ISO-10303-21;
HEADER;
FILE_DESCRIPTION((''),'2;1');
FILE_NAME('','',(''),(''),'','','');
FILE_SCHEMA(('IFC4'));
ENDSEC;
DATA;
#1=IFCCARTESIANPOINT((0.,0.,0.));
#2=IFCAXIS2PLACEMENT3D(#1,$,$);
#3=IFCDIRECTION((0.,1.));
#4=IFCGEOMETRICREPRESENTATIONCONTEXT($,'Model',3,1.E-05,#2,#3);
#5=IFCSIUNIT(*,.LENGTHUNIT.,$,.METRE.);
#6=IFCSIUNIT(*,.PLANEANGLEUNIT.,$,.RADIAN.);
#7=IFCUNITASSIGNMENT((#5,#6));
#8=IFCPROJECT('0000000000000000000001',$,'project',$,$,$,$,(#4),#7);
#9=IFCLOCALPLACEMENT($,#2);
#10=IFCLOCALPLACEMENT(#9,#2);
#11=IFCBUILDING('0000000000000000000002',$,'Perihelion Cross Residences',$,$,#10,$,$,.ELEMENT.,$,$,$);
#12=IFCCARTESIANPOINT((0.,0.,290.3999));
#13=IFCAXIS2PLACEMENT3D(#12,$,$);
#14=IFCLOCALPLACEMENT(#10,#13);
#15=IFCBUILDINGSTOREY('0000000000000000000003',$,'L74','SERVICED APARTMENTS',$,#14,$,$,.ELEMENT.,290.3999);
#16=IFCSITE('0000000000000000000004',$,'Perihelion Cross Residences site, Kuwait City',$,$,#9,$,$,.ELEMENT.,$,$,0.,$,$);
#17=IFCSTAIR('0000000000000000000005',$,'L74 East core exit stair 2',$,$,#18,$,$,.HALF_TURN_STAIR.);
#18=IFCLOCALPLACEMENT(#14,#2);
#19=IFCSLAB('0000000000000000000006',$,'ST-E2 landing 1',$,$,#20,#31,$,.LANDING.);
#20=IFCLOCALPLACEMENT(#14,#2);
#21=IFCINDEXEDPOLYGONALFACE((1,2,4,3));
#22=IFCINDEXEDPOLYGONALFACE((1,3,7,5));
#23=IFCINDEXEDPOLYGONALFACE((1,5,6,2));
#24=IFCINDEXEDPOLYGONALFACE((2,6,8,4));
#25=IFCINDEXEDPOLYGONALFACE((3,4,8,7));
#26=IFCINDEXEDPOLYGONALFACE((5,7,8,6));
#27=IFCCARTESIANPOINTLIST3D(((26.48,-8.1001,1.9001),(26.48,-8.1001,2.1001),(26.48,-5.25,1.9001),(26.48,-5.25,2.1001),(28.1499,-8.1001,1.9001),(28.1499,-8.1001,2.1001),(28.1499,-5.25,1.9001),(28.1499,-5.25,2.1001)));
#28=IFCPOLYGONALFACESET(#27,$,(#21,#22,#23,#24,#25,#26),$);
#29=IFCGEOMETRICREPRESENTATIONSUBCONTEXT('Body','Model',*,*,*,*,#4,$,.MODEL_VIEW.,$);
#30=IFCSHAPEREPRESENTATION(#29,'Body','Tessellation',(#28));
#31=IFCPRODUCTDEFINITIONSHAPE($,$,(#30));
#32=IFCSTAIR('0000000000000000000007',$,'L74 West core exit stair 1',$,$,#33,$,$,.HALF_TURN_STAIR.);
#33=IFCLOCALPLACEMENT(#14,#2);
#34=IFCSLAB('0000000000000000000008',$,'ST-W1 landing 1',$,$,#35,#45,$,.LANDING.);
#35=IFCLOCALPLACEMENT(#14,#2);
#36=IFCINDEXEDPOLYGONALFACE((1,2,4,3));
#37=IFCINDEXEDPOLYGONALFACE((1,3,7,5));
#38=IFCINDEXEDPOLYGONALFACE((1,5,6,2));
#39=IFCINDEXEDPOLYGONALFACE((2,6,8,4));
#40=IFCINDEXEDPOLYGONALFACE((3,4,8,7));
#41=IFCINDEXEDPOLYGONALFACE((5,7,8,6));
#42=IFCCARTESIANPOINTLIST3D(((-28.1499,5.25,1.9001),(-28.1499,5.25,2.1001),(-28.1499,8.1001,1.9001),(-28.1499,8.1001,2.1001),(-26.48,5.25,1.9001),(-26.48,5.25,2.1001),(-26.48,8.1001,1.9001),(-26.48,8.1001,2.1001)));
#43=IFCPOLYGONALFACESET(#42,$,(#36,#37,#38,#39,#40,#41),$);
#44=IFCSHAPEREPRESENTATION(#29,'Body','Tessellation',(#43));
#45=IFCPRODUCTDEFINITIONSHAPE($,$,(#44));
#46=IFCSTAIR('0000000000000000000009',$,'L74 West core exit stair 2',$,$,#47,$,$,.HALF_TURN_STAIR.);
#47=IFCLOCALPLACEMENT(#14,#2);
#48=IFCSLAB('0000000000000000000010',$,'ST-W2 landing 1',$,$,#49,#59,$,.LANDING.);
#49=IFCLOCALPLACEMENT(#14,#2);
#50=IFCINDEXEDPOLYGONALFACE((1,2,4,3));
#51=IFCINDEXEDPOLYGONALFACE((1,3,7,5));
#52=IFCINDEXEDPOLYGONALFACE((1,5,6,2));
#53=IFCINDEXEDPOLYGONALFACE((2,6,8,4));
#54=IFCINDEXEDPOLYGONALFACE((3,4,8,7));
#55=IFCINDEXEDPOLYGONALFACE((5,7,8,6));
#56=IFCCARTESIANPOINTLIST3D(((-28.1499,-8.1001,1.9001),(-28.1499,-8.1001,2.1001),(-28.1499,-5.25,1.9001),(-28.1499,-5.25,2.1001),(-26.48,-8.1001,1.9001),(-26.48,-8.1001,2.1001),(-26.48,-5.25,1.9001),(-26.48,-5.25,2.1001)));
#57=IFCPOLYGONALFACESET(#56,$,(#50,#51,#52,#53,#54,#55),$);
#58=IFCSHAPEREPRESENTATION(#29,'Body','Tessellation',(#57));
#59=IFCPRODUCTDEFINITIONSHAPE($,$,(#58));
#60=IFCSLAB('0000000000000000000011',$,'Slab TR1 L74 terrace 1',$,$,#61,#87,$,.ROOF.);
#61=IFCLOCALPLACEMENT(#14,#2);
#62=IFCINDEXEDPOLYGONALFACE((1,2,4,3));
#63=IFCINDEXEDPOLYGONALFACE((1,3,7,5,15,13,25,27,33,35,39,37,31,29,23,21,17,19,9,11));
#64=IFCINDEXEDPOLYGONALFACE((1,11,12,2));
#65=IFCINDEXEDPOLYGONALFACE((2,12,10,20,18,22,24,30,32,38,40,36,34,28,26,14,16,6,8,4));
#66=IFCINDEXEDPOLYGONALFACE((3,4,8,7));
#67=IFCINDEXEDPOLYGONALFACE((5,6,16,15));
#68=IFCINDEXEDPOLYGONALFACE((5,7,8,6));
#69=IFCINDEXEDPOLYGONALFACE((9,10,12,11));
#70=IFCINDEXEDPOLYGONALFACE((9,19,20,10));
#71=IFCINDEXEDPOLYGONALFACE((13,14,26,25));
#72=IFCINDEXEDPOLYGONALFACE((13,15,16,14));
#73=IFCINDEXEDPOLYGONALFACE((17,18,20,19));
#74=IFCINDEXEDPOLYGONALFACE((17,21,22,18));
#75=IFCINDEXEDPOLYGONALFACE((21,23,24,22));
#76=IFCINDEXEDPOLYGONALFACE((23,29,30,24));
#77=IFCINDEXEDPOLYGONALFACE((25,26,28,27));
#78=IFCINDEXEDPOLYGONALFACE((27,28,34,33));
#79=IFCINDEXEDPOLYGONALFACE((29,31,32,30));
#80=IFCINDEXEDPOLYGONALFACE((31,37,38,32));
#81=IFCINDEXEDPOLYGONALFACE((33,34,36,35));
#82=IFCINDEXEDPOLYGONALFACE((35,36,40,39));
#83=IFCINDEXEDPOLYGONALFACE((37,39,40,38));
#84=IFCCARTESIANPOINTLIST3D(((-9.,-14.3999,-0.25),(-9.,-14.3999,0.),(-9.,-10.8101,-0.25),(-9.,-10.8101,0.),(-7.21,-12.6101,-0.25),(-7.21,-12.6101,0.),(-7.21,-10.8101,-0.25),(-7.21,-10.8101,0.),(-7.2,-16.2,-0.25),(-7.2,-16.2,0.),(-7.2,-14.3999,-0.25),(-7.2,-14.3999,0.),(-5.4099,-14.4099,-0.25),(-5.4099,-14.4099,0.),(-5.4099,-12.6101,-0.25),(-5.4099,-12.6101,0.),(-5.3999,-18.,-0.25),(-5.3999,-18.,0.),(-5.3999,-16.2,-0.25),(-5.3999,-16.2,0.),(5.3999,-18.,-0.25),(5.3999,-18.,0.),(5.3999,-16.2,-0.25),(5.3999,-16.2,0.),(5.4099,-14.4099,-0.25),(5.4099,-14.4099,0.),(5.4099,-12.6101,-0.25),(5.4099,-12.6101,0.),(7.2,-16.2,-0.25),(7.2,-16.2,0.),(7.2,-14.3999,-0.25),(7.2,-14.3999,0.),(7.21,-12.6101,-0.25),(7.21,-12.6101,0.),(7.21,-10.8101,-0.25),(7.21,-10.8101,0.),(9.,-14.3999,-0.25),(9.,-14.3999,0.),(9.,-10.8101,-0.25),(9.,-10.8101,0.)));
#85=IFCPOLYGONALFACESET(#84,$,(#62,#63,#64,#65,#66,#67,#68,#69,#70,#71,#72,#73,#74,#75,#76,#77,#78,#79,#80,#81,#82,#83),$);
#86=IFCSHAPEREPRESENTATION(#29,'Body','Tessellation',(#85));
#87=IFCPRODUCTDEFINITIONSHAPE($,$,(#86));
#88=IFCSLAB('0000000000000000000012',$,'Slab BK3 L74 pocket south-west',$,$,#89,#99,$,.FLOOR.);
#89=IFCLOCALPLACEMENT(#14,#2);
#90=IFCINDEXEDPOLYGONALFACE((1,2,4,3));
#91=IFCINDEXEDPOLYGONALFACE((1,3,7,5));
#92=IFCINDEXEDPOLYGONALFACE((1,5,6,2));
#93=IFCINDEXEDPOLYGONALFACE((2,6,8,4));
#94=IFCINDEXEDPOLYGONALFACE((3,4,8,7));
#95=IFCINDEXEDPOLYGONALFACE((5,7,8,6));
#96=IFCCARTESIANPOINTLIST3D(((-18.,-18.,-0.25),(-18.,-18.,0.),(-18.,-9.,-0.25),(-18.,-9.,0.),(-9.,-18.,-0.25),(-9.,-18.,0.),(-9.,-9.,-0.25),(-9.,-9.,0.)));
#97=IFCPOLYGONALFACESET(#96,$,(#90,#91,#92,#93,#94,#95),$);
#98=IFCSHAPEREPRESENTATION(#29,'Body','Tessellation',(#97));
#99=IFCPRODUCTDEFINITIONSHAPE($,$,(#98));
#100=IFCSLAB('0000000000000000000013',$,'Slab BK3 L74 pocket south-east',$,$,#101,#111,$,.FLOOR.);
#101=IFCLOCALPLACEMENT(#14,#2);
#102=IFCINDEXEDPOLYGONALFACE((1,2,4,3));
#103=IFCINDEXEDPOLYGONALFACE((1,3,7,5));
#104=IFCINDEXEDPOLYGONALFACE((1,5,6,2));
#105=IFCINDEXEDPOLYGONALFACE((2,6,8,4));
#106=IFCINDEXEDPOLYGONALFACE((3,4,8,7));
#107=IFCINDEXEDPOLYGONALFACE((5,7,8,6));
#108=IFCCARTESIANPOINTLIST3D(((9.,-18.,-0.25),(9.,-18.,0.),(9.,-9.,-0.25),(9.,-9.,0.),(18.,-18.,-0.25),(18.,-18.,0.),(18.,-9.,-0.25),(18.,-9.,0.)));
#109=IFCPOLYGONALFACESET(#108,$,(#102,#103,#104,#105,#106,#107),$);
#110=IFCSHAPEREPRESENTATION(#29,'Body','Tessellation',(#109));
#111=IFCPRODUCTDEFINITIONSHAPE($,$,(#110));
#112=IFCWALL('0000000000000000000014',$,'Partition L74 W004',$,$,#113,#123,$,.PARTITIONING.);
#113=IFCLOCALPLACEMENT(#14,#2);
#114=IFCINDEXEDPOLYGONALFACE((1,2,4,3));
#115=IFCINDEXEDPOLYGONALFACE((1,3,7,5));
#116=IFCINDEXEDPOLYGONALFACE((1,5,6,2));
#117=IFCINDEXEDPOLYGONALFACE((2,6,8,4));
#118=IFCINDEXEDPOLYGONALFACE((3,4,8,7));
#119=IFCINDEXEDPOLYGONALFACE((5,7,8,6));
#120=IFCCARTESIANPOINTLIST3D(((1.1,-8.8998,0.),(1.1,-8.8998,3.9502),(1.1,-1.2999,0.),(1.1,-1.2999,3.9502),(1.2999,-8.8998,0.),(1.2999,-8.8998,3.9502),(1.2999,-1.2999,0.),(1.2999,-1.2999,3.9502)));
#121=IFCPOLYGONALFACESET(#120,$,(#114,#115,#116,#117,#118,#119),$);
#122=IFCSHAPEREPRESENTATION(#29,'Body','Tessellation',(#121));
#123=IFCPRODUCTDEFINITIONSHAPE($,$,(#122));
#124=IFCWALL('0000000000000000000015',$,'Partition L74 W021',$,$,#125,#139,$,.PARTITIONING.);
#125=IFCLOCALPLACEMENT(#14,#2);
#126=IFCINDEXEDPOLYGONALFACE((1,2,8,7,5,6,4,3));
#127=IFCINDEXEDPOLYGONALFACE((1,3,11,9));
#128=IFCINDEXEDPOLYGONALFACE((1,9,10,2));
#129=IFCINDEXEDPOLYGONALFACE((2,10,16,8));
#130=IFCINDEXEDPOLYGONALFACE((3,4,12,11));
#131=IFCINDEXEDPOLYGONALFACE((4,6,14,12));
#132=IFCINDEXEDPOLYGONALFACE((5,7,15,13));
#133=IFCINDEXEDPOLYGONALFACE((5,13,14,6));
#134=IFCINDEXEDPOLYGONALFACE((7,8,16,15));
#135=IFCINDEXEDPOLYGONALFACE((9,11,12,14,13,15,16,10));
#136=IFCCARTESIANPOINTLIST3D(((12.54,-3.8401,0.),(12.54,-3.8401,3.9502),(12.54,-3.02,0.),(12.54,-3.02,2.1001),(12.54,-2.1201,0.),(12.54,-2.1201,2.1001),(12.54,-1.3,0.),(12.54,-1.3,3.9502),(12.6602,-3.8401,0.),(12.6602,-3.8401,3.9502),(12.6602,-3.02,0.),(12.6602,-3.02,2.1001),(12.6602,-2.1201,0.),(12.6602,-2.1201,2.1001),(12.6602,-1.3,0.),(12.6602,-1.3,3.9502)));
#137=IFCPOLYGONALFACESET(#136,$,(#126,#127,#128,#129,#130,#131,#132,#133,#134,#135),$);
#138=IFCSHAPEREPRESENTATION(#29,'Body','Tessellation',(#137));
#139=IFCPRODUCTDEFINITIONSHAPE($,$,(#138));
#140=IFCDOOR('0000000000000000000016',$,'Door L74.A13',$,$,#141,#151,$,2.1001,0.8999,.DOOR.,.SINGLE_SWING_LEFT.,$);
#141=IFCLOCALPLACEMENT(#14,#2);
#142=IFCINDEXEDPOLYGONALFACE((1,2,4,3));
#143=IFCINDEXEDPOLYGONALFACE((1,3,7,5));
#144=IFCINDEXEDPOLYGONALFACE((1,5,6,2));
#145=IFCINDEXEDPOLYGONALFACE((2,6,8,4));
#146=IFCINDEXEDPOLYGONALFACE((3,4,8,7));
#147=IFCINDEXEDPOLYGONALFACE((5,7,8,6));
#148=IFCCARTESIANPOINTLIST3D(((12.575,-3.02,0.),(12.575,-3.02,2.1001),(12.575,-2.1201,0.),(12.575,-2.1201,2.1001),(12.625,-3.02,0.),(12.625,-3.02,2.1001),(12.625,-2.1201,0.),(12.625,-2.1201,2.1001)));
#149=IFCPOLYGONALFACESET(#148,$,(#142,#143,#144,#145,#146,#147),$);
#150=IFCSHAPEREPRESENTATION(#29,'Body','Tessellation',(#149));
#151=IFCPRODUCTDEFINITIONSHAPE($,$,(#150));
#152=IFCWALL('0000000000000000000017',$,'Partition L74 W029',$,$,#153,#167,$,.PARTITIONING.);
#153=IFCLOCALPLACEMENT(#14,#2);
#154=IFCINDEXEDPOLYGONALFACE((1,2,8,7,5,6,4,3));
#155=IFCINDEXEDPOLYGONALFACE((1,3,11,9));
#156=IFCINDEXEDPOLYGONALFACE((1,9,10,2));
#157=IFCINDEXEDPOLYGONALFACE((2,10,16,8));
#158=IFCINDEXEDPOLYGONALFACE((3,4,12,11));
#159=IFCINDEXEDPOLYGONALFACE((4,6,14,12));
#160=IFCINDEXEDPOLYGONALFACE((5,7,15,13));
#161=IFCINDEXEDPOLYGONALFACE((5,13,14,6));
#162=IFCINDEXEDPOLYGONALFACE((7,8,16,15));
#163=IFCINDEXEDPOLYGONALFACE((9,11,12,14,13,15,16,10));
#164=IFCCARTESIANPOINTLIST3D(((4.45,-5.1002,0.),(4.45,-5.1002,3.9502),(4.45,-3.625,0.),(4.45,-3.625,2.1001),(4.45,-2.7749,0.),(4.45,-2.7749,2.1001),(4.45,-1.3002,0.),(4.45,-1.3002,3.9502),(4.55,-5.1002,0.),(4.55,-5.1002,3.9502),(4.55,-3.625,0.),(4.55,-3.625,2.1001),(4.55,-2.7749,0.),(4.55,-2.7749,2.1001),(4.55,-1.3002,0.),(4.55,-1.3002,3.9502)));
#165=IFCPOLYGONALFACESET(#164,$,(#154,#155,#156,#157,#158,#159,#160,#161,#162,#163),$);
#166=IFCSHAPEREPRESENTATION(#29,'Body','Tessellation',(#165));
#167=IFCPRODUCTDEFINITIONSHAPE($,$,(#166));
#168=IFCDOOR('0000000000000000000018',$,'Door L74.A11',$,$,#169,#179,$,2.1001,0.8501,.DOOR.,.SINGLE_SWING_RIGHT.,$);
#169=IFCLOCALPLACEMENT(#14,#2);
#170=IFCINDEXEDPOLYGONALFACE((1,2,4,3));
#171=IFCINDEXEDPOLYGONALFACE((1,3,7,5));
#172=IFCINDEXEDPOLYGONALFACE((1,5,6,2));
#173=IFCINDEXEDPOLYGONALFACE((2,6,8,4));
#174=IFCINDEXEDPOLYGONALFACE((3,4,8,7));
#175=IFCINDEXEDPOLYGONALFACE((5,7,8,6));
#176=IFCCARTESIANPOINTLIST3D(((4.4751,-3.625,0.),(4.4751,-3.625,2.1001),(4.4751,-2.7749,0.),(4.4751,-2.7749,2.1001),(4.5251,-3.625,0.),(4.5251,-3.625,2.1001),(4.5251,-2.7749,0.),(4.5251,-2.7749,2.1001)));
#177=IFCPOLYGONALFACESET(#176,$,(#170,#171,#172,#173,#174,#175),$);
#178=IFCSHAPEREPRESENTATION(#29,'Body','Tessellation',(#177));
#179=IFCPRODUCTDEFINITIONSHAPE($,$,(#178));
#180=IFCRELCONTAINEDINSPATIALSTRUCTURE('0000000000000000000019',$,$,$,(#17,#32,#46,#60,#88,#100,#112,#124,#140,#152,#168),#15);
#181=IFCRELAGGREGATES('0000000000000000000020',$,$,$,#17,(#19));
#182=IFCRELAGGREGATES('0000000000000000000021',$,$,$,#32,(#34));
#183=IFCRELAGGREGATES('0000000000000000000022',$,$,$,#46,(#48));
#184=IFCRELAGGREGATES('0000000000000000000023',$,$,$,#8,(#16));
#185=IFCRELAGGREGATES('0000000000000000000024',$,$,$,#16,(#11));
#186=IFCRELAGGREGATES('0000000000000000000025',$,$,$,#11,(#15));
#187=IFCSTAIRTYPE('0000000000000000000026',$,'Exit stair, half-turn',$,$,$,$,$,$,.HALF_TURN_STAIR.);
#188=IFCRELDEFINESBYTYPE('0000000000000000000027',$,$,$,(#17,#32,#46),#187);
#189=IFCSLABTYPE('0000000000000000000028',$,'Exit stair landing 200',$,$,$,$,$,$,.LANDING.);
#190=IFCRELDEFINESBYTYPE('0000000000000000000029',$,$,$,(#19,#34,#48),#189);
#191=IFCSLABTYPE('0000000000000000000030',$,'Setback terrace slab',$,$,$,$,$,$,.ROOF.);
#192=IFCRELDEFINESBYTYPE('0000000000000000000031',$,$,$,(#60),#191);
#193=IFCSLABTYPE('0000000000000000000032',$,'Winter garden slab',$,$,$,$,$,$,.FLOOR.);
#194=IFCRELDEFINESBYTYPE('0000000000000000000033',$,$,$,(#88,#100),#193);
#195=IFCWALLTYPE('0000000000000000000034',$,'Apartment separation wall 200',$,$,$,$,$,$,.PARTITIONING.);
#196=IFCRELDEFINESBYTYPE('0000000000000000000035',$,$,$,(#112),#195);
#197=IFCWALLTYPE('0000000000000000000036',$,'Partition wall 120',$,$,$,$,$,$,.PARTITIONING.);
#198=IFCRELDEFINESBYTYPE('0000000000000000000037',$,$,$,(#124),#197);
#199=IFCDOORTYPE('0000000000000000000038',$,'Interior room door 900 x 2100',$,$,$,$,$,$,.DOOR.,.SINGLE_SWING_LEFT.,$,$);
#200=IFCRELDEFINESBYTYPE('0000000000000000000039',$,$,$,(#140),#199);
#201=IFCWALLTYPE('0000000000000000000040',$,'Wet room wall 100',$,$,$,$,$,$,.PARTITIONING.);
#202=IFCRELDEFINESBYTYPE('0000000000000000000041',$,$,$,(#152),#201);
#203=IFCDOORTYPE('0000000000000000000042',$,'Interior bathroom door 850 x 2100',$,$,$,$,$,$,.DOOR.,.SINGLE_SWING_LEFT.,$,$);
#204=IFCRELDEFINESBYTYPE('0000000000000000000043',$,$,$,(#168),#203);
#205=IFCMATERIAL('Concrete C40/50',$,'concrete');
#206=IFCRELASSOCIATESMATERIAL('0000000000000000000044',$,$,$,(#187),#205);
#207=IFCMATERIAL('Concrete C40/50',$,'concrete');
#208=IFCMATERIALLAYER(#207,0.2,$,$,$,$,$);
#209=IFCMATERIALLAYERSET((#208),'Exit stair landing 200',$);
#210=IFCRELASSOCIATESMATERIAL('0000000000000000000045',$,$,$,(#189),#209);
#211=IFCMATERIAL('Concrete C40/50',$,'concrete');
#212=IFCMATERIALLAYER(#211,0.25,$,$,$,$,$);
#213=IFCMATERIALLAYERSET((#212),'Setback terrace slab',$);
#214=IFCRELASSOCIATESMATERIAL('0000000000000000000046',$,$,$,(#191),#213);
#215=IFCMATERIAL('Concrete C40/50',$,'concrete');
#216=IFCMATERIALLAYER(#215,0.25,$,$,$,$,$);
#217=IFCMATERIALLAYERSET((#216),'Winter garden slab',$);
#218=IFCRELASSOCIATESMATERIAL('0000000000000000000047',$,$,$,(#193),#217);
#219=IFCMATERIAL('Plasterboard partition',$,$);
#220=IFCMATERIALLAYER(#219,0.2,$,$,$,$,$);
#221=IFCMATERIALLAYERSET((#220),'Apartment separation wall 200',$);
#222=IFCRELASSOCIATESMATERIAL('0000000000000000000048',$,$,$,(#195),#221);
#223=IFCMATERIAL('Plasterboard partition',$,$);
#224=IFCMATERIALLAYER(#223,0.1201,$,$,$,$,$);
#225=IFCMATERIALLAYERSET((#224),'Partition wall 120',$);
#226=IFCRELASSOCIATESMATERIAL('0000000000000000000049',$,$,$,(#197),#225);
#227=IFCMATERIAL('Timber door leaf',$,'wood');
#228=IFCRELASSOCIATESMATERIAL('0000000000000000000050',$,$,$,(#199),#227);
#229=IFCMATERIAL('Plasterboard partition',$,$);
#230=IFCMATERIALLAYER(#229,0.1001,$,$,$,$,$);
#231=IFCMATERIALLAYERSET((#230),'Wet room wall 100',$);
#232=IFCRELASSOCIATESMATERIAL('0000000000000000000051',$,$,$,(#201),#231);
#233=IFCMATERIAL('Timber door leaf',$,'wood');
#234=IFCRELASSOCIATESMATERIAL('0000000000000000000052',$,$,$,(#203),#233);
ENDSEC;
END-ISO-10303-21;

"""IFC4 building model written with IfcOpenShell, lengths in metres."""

from ifc_helpers import new_model, si_unit, direction, frame, frame_2d, origin, place, context, subcontext, project, spatial, polyline, rectangle, outline, extrude, material, layer, layer_set, type_object, element, fill, aggregate, save


model = new_model("IFC4")

# Units and contexts
model_context = context("Model", 3, precision=1e-05, world=origin(), true_north=direction((0.0, 1.0)))
body_context = subcontext(model_context, "Body", "Model", "MODEL_VIEW")
ifc_project = project(units=[si_unit("LENGTHUNIT", "METRE"), si_unit("PLANEANGLEUNIT", "RADIAN")], contexts=[model_context])

# Site, building, storey
site_placement = place(None, origin())
site = spatial("IfcSite", under=ifc_project, at=site_placement, Name="Perihelion Cross Residences site, Kuwait City", CompositionType="ELEMENT", RefElevation=0.0)
building_placement = place(site_placement, origin())
building = spatial("IfcBuilding", under=site, at=building_placement, Name="Perihelion Cross Residences", CompositionType="ELEMENT")
storey_placement = place(building_placement, frame((0.0, 0.0, 290.3999)))
storey = spatial("IfcBuildingStorey", under=building, at=storey_placement, Name="L74", Description="SERVICED APARTMENTS", CompositionType="ELEMENT", Elevation=290.3999)

# Stairs, slabs
ifc_material_1 = material(Name="Concrete C40/50", Category="concrete")
stair_type = type_object("IfcStairType", Name="Exit stair, half-turn", PredefinedType="HALF_TURN_STAIR", material=ifc_material_1)
ifc_material_2 = material(Name="Concrete C40/50", Category="concrete")
ifc_layer_1 = layer(ifc_material_2, 0.2)
ifc_layer_set_1 = layer_set([ifc_layer_1], Name="Exit stair landing 200")
slab_type_1 = type_object("IfcSlabType", Name="Exit stair landing 200", PredefinedType="LANDING", material=ifc_layer_set_1)
stair_1_placement = place(storey_placement, origin())
stair_1 = element("IfcStair", 1, at=stair_1_placement, inside=storey, type_object=stair_type, Name="L74 East core exit stair 2", PredefinedType="HALF_TURN_STAIR")
slab_1_placement = place(storey_placement, frame((0.0, 0.0, 1.9001)))
slab_1 = element("IfcSlab", 2, at=slab_1_placement, type_object=slab_type_1, Name="ST-E2 landing 1", PredefinedType="LANDING", context=body_context, shape_type="SweptSolid", body=[
    extrude(outline(polyline([(26.48, -8.1001), (28.1499, -8.1001), (28.1499, -5.25), (26.48, -5.25), (26.48, -8.1001)])), origin(), (0.0, 0.0, 1.0), 0.2),
])
aggregate(stair_1, [slab_1])
stair_2_placement = place(storey_placement, origin())
stair_2 = element("IfcStair", 3, at=stair_2_placement, inside=storey, type_object=stair_type, Name="L74 West core exit stair 1", PredefinedType="HALF_TURN_STAIR")
slab_2_placement = place(storey_placement, frame((0.0, 0.0, 1.9001)))
slab_2 = element("IfcSlab", 4, at=slab_2_placement, type_object=slab_type_1, Name="ST-W1 landing 1", PredefinedType="LANDING", context=body_context, shape_type="SweptSolid", body=[
    extrude(outline(polyline([(-26.48, 8.1001), (-28.1499, 8.1001), (-28.1499, 5.25), (-26.48, 5.25), (-26.48, 8.1001)])), origin(), (0.0, 0.0, 1.0), 0.2),
])
aggregate(stair_2, [slab_2])
stair_3_placement = place(storey_placement, origin())
stair_3 = element("IfcStair", 5, at=stair_3_placement, inside=storey, type_object=stair_type, Name="L74 West core exit stair 2", PredefinedType="HALF_TURN_STAIR")
slab_3_placement = place(storey_placement, frame((0.0, 0.0, 1.9001)))
slab_3 = element("IfcSlab", 6, at=slab_3_placement, type_object=slab_type_1, Name="ST-W2 landing 1", PredefinedType="LANDING", context=body_context, shape_type="SweptSolid", body=[
    extrude(outline(polyline([(-26.48, -5.25), (-28.1499, -5.25), (-28.1499, -8.1001), (-26.48, -8.1001), (-26.48, -5.25)])), origin(), (0.0, 0.0, 1.0), 0.2),
])
aggregate(stair_3, [slab_3])

# Slabs
ifc_material_3 = material(Name="Concrete C40/50", Category="concrete")
ifc_layer_2 = layer(ifc_material_3, 0.25)
ifc_layer_set_2 = layer_set([ifc_layer_2], Name="Setback terrace slab")
slab_type_2 = type_object("IfcSlabType", Name="Setback terrace slab", PredefinedType="ROOF", material=ifc_layer_set_2)
slab_4_placement = place(storey_placement, frame((0.0, 0.0, -0.25)))
element("IfcSlab", 7, at=slab_4_placement, inside=storey, type_object=slab_type_2, Name="Slab TR1 L74 terrace 1", PredefinedType="ROOF", context=body_context, shape_type="SweptSolid", body=[
    extrude(outline(polyline([(7.2, -14.3999), (9.0, -14.3999), (9.0, -10.8101), (7.21, -10.8101), (7.21, -12.6101), (5.4099, -12.6101), (5.4099, -14.4099), (-5.4099, -14.4099), (-5.4099, -12.6101), (-7.21, -12.6101), (-7.21, -10.8101), (-9.0, -10.8101), (-9.0, -14.3999), (-7.2, -14.3999), (-7.2, -16.2), (-5.3999, -16.2), (-5.3999, -18.0), (5.3999, -18.0), (5.3999, -16.2), (7.2, -16.2), (7.2, -14.3999)])), origin(), (0.0, 0.0, 1.0), 0.25),
])
ifc_material_4 = material(Name="Concrete C40/50", Category="concrete")
ifc_layer_3 = layer(ifc_material_4, 0.25)
ifc_layer_set_3 = layer_set([ifc_layer_3], Name="Winter garden slab")
slab_type_3 = type_object("IfcSlabType", Name="Winter garden slab", PredefinedType="FLOOR", material=ifc_layer_set_3)
slab_5_placement = place(storey_placement, frame((0.0, 0.0, -0.25)))
element("IfcSlab", 8, at=slab_5_placement, inside=storey, type_object=slab_type_3, Name="Slab BK3 L74 pocket south-west", PredefinedType="FLOOR", context=body_context, shape_type="SweptSolid", body=[
    extrude(outline(polyline([(-9.0, -18.0), (-9.0, -9.0), (-18.0, -9.0), (-18.0, -18.0), (-9.0, -18.0)])), origin(), (0.0, 0.0, 1.0), 0.25),
])
slab_6_placement = place(storey_placement, frame((0.0, 0.0, -0.25)))
element("IfcSlab", 9, at=slab_6_placement, inside=storey, type_object=slab_type_3, Name="Slab BK3 L74 pocket south-east", PredefinedType="FLOOR", context=body_context, shape_type="SweptSolid", body=[
    extrude(outline(polyline([(18.0, -18.0), (18.0, -9.0), (9.0, -9.0), (9.0, -18.0), (18.0, -18.0)])), origin(), (0.0, 0.0, 1.0), 0.25),
])

# Wall
ifc_material_5 = material(Name="Plasterboard partition")
ifc_layer_4 = layer(ifc_material_5, 0.2)
ifc_layer_set_4 = layer_set([ifc_layer_4], Name="Apartment separation wall 200")
wall_type_1 = type_object("IfcWallType", Name="Apartment separation wall 200", PredefinedType="PARTITIONING", material=ifc_layer_set_4)
wall_1_placement = place(storey_placement, frame((1.2, -1.3, 0.0), z_axis=(0.0, 0.0, 1.0), x_axis=(0.0, -1.0, 0.0)))
element("IfcWall", 10, at=wall_1_placement, inside=storey, type_object=wall_type_1, Name="Partition L74 W004", PredefinedType="PARTITIONING", context=body_context, shape_type="SweptSolid", body=[
    extrude(rectangle(XDim=7.5999, YDim=0.2, at=frame_2d((3.7998, 0.0))), origin(), (0.0, 0.0, 1.0), 3.9502),
])

# Walls, openings, doors
ifc_material_6 = material(Name="Plasterboard partition")
ifc_layer_5 = layer(ifc_material_6, 0.1201)
ifc_layer_set_5 = layer_set([ifc_layer_5], Name="Partition wall 120")
wall_type_2 = type_object("IfcWallType", Name="Partition wall 120", PredefinedType="PARTITIONING", material=ifc_layer_set_5)
wall_2_placement = place(storey_placement, frame((12.6001, -1.3, 0.0), z_axis=(0.0, 0.0, 1.0), x_axis=(0.0, -1.0, 0.0)))
wall_2 = element("IfcWall", 11, at=wall_2_placement, inside=storey, type_object=wall_type_2, Name="Partition L74 W021", PredefinedType="PARTITIONING", context=body_context, shape_type="SweptSolid", body=[
    extrude(rectangle(XDim=2.54, YDim=0.1201, at=frame_2d((1.27, 0.0))), origin(), (0.0, 0.0, 1.0), 3.9502),
])
opening_1_placement = place(wall_2_placement, frame((0.8201, 0.0, 0.0)))
opening_1 = element("IfcOpeningElement", 12, at=opening_1_placement, cuts=wall_2, PredefinedType="OPENING", context=body_context, shape_type="SweptSolid", body=[
    extrude(rectangle(XDim=0.8999, YDim=2.1001, at=frame_2d((0.45, 1.05))), frame((0.0, 0.0701, 0.0), z_axis=(0.0, -1.0, 0.0), x_axis=(1.0, 0.0, 0.0)), (0.0, 0.0, 1.0), 0.1401),
])
ifc_material_7 = material(Name="Timber door leaf", Category="wood")
door_type_1 = type_object("IfcDoorType", Name="Interior room door 900 x 2100", OperationType="SINGLE_SWING_LEFT", PredefinedType="DOOR", material=ifc_material_7)
door_1_placement = place(opening_1_placement, origin())
door_1 = element("IfcDoor", 13, at=door_1_placement, inside=storey, type_object=door_type_1, Name="Door L74.A13", OperationType="SINGLE_SWING_LEFT", OverallHeight=2.1001, OverallWidth=0.8999, PredefinedType="DOOR", context=body_context, shape_type="SweptSolid", body=[
    extrude(rectangle(XDim=0.8999, YDim=2.1001, at=frame_2d((0.45, 1.05))), frame((0.0, 0.0249, 0.0), z_axis=(0.0, -1.0, 0.0), x_axis=(1.0, 0.0, 0.0)), (0.0, 0.0, 1.0), 0.05),
])
fill(opening_1, door_1)
ifc_material_8 = material(Name="Plasterboard partition")
ifc_layer_6 = layer(ifc_material_8, 0.1001)
ifc_layer_set_6 = layer_set([ifc_layer_6], Name="Wet room wall 100")
wall_type_3 = type_object("IfcWallType", Name="Wet room wall 100", PredefinedType="PARTITIONING", material=ifc_layer_set_6)
wall_3_placement = place(storey_placement, frame((4.5, -5.1001, 0.0), z_axis=(0.0, 0.0, 1.0), x_axis=(0.0, 1.0, 0.0)))
wall_3 = element("IfcWall", 14, at=wall_3_placement, inside=storey, type_object=wall_type_3, Name="Partition L74 W029", PredefinedType="PARTITIONING", context=body_context, shape_type="SweptSolid", body=[
    extrude(rectangle(XDim=3.8, YDim=0.1001, at=frame_2d((1.8999, 0.0))), origin(), (0.0, 0.0, 1.0), 3.9502),
])
opening_2_placement = place(wall_3_placement, frame((1.4751, 0.0, 0.0)))
opening_2 = element("IfcOpeningElement", 15, at=opening_2_placement, cuts=wall_3, PredefinedType="OPENING", context=body_context, shape_type="SweptSolid", body=[
    extrude(rectangle(XDim=0.8501, YDim=2.1001, at=frame_2d((0.425, 1.05))), frame((0.0, 0.0601, 0.0), z_axis=(0.0, -1.0, 0.0), x_axis=(1.0, 0.0, 0.0)), (0.0, 0.0, 1.0), 0.1201),
])
ifc_material_9 = material(Name="Timber door leaf", Category="wood")
door_type_2 = type_object("IfcDoorType", Name="Interior bathroom door 850 x 2100", OperationType="SINGLE_SWING_LEFT", PredefinedType="DOOR", material=ifc_material_9)
door_2_placement = place(opening_2_placement, origin())
door_2 = element("IfcDoor", 16, at=door_2_placement, inside=storey, type_object=door_type_2, Name="Door L74.A11", OperationType="SINGLE_SWING_RIGHT", OverallHeight=2.1001, OverallWidth=0.8501, PredefinedType="DOOR", context=body_context, shape_type="SweptSolid", body=[
    extrude(rectangle(XDim=0.8501, YDim=2.1001, at=frame_2d((0.425, 1.05))), frame((0.0, 0.0249, 0.0), z_axis=(0.0, -1.0, 0.0), x_axis=(1.0, 0.0, 0.0)), (0.0, 0.0, 1.0), 0.05),
])
fill(opening_2, door_2)

save(model, "model.ifc")
